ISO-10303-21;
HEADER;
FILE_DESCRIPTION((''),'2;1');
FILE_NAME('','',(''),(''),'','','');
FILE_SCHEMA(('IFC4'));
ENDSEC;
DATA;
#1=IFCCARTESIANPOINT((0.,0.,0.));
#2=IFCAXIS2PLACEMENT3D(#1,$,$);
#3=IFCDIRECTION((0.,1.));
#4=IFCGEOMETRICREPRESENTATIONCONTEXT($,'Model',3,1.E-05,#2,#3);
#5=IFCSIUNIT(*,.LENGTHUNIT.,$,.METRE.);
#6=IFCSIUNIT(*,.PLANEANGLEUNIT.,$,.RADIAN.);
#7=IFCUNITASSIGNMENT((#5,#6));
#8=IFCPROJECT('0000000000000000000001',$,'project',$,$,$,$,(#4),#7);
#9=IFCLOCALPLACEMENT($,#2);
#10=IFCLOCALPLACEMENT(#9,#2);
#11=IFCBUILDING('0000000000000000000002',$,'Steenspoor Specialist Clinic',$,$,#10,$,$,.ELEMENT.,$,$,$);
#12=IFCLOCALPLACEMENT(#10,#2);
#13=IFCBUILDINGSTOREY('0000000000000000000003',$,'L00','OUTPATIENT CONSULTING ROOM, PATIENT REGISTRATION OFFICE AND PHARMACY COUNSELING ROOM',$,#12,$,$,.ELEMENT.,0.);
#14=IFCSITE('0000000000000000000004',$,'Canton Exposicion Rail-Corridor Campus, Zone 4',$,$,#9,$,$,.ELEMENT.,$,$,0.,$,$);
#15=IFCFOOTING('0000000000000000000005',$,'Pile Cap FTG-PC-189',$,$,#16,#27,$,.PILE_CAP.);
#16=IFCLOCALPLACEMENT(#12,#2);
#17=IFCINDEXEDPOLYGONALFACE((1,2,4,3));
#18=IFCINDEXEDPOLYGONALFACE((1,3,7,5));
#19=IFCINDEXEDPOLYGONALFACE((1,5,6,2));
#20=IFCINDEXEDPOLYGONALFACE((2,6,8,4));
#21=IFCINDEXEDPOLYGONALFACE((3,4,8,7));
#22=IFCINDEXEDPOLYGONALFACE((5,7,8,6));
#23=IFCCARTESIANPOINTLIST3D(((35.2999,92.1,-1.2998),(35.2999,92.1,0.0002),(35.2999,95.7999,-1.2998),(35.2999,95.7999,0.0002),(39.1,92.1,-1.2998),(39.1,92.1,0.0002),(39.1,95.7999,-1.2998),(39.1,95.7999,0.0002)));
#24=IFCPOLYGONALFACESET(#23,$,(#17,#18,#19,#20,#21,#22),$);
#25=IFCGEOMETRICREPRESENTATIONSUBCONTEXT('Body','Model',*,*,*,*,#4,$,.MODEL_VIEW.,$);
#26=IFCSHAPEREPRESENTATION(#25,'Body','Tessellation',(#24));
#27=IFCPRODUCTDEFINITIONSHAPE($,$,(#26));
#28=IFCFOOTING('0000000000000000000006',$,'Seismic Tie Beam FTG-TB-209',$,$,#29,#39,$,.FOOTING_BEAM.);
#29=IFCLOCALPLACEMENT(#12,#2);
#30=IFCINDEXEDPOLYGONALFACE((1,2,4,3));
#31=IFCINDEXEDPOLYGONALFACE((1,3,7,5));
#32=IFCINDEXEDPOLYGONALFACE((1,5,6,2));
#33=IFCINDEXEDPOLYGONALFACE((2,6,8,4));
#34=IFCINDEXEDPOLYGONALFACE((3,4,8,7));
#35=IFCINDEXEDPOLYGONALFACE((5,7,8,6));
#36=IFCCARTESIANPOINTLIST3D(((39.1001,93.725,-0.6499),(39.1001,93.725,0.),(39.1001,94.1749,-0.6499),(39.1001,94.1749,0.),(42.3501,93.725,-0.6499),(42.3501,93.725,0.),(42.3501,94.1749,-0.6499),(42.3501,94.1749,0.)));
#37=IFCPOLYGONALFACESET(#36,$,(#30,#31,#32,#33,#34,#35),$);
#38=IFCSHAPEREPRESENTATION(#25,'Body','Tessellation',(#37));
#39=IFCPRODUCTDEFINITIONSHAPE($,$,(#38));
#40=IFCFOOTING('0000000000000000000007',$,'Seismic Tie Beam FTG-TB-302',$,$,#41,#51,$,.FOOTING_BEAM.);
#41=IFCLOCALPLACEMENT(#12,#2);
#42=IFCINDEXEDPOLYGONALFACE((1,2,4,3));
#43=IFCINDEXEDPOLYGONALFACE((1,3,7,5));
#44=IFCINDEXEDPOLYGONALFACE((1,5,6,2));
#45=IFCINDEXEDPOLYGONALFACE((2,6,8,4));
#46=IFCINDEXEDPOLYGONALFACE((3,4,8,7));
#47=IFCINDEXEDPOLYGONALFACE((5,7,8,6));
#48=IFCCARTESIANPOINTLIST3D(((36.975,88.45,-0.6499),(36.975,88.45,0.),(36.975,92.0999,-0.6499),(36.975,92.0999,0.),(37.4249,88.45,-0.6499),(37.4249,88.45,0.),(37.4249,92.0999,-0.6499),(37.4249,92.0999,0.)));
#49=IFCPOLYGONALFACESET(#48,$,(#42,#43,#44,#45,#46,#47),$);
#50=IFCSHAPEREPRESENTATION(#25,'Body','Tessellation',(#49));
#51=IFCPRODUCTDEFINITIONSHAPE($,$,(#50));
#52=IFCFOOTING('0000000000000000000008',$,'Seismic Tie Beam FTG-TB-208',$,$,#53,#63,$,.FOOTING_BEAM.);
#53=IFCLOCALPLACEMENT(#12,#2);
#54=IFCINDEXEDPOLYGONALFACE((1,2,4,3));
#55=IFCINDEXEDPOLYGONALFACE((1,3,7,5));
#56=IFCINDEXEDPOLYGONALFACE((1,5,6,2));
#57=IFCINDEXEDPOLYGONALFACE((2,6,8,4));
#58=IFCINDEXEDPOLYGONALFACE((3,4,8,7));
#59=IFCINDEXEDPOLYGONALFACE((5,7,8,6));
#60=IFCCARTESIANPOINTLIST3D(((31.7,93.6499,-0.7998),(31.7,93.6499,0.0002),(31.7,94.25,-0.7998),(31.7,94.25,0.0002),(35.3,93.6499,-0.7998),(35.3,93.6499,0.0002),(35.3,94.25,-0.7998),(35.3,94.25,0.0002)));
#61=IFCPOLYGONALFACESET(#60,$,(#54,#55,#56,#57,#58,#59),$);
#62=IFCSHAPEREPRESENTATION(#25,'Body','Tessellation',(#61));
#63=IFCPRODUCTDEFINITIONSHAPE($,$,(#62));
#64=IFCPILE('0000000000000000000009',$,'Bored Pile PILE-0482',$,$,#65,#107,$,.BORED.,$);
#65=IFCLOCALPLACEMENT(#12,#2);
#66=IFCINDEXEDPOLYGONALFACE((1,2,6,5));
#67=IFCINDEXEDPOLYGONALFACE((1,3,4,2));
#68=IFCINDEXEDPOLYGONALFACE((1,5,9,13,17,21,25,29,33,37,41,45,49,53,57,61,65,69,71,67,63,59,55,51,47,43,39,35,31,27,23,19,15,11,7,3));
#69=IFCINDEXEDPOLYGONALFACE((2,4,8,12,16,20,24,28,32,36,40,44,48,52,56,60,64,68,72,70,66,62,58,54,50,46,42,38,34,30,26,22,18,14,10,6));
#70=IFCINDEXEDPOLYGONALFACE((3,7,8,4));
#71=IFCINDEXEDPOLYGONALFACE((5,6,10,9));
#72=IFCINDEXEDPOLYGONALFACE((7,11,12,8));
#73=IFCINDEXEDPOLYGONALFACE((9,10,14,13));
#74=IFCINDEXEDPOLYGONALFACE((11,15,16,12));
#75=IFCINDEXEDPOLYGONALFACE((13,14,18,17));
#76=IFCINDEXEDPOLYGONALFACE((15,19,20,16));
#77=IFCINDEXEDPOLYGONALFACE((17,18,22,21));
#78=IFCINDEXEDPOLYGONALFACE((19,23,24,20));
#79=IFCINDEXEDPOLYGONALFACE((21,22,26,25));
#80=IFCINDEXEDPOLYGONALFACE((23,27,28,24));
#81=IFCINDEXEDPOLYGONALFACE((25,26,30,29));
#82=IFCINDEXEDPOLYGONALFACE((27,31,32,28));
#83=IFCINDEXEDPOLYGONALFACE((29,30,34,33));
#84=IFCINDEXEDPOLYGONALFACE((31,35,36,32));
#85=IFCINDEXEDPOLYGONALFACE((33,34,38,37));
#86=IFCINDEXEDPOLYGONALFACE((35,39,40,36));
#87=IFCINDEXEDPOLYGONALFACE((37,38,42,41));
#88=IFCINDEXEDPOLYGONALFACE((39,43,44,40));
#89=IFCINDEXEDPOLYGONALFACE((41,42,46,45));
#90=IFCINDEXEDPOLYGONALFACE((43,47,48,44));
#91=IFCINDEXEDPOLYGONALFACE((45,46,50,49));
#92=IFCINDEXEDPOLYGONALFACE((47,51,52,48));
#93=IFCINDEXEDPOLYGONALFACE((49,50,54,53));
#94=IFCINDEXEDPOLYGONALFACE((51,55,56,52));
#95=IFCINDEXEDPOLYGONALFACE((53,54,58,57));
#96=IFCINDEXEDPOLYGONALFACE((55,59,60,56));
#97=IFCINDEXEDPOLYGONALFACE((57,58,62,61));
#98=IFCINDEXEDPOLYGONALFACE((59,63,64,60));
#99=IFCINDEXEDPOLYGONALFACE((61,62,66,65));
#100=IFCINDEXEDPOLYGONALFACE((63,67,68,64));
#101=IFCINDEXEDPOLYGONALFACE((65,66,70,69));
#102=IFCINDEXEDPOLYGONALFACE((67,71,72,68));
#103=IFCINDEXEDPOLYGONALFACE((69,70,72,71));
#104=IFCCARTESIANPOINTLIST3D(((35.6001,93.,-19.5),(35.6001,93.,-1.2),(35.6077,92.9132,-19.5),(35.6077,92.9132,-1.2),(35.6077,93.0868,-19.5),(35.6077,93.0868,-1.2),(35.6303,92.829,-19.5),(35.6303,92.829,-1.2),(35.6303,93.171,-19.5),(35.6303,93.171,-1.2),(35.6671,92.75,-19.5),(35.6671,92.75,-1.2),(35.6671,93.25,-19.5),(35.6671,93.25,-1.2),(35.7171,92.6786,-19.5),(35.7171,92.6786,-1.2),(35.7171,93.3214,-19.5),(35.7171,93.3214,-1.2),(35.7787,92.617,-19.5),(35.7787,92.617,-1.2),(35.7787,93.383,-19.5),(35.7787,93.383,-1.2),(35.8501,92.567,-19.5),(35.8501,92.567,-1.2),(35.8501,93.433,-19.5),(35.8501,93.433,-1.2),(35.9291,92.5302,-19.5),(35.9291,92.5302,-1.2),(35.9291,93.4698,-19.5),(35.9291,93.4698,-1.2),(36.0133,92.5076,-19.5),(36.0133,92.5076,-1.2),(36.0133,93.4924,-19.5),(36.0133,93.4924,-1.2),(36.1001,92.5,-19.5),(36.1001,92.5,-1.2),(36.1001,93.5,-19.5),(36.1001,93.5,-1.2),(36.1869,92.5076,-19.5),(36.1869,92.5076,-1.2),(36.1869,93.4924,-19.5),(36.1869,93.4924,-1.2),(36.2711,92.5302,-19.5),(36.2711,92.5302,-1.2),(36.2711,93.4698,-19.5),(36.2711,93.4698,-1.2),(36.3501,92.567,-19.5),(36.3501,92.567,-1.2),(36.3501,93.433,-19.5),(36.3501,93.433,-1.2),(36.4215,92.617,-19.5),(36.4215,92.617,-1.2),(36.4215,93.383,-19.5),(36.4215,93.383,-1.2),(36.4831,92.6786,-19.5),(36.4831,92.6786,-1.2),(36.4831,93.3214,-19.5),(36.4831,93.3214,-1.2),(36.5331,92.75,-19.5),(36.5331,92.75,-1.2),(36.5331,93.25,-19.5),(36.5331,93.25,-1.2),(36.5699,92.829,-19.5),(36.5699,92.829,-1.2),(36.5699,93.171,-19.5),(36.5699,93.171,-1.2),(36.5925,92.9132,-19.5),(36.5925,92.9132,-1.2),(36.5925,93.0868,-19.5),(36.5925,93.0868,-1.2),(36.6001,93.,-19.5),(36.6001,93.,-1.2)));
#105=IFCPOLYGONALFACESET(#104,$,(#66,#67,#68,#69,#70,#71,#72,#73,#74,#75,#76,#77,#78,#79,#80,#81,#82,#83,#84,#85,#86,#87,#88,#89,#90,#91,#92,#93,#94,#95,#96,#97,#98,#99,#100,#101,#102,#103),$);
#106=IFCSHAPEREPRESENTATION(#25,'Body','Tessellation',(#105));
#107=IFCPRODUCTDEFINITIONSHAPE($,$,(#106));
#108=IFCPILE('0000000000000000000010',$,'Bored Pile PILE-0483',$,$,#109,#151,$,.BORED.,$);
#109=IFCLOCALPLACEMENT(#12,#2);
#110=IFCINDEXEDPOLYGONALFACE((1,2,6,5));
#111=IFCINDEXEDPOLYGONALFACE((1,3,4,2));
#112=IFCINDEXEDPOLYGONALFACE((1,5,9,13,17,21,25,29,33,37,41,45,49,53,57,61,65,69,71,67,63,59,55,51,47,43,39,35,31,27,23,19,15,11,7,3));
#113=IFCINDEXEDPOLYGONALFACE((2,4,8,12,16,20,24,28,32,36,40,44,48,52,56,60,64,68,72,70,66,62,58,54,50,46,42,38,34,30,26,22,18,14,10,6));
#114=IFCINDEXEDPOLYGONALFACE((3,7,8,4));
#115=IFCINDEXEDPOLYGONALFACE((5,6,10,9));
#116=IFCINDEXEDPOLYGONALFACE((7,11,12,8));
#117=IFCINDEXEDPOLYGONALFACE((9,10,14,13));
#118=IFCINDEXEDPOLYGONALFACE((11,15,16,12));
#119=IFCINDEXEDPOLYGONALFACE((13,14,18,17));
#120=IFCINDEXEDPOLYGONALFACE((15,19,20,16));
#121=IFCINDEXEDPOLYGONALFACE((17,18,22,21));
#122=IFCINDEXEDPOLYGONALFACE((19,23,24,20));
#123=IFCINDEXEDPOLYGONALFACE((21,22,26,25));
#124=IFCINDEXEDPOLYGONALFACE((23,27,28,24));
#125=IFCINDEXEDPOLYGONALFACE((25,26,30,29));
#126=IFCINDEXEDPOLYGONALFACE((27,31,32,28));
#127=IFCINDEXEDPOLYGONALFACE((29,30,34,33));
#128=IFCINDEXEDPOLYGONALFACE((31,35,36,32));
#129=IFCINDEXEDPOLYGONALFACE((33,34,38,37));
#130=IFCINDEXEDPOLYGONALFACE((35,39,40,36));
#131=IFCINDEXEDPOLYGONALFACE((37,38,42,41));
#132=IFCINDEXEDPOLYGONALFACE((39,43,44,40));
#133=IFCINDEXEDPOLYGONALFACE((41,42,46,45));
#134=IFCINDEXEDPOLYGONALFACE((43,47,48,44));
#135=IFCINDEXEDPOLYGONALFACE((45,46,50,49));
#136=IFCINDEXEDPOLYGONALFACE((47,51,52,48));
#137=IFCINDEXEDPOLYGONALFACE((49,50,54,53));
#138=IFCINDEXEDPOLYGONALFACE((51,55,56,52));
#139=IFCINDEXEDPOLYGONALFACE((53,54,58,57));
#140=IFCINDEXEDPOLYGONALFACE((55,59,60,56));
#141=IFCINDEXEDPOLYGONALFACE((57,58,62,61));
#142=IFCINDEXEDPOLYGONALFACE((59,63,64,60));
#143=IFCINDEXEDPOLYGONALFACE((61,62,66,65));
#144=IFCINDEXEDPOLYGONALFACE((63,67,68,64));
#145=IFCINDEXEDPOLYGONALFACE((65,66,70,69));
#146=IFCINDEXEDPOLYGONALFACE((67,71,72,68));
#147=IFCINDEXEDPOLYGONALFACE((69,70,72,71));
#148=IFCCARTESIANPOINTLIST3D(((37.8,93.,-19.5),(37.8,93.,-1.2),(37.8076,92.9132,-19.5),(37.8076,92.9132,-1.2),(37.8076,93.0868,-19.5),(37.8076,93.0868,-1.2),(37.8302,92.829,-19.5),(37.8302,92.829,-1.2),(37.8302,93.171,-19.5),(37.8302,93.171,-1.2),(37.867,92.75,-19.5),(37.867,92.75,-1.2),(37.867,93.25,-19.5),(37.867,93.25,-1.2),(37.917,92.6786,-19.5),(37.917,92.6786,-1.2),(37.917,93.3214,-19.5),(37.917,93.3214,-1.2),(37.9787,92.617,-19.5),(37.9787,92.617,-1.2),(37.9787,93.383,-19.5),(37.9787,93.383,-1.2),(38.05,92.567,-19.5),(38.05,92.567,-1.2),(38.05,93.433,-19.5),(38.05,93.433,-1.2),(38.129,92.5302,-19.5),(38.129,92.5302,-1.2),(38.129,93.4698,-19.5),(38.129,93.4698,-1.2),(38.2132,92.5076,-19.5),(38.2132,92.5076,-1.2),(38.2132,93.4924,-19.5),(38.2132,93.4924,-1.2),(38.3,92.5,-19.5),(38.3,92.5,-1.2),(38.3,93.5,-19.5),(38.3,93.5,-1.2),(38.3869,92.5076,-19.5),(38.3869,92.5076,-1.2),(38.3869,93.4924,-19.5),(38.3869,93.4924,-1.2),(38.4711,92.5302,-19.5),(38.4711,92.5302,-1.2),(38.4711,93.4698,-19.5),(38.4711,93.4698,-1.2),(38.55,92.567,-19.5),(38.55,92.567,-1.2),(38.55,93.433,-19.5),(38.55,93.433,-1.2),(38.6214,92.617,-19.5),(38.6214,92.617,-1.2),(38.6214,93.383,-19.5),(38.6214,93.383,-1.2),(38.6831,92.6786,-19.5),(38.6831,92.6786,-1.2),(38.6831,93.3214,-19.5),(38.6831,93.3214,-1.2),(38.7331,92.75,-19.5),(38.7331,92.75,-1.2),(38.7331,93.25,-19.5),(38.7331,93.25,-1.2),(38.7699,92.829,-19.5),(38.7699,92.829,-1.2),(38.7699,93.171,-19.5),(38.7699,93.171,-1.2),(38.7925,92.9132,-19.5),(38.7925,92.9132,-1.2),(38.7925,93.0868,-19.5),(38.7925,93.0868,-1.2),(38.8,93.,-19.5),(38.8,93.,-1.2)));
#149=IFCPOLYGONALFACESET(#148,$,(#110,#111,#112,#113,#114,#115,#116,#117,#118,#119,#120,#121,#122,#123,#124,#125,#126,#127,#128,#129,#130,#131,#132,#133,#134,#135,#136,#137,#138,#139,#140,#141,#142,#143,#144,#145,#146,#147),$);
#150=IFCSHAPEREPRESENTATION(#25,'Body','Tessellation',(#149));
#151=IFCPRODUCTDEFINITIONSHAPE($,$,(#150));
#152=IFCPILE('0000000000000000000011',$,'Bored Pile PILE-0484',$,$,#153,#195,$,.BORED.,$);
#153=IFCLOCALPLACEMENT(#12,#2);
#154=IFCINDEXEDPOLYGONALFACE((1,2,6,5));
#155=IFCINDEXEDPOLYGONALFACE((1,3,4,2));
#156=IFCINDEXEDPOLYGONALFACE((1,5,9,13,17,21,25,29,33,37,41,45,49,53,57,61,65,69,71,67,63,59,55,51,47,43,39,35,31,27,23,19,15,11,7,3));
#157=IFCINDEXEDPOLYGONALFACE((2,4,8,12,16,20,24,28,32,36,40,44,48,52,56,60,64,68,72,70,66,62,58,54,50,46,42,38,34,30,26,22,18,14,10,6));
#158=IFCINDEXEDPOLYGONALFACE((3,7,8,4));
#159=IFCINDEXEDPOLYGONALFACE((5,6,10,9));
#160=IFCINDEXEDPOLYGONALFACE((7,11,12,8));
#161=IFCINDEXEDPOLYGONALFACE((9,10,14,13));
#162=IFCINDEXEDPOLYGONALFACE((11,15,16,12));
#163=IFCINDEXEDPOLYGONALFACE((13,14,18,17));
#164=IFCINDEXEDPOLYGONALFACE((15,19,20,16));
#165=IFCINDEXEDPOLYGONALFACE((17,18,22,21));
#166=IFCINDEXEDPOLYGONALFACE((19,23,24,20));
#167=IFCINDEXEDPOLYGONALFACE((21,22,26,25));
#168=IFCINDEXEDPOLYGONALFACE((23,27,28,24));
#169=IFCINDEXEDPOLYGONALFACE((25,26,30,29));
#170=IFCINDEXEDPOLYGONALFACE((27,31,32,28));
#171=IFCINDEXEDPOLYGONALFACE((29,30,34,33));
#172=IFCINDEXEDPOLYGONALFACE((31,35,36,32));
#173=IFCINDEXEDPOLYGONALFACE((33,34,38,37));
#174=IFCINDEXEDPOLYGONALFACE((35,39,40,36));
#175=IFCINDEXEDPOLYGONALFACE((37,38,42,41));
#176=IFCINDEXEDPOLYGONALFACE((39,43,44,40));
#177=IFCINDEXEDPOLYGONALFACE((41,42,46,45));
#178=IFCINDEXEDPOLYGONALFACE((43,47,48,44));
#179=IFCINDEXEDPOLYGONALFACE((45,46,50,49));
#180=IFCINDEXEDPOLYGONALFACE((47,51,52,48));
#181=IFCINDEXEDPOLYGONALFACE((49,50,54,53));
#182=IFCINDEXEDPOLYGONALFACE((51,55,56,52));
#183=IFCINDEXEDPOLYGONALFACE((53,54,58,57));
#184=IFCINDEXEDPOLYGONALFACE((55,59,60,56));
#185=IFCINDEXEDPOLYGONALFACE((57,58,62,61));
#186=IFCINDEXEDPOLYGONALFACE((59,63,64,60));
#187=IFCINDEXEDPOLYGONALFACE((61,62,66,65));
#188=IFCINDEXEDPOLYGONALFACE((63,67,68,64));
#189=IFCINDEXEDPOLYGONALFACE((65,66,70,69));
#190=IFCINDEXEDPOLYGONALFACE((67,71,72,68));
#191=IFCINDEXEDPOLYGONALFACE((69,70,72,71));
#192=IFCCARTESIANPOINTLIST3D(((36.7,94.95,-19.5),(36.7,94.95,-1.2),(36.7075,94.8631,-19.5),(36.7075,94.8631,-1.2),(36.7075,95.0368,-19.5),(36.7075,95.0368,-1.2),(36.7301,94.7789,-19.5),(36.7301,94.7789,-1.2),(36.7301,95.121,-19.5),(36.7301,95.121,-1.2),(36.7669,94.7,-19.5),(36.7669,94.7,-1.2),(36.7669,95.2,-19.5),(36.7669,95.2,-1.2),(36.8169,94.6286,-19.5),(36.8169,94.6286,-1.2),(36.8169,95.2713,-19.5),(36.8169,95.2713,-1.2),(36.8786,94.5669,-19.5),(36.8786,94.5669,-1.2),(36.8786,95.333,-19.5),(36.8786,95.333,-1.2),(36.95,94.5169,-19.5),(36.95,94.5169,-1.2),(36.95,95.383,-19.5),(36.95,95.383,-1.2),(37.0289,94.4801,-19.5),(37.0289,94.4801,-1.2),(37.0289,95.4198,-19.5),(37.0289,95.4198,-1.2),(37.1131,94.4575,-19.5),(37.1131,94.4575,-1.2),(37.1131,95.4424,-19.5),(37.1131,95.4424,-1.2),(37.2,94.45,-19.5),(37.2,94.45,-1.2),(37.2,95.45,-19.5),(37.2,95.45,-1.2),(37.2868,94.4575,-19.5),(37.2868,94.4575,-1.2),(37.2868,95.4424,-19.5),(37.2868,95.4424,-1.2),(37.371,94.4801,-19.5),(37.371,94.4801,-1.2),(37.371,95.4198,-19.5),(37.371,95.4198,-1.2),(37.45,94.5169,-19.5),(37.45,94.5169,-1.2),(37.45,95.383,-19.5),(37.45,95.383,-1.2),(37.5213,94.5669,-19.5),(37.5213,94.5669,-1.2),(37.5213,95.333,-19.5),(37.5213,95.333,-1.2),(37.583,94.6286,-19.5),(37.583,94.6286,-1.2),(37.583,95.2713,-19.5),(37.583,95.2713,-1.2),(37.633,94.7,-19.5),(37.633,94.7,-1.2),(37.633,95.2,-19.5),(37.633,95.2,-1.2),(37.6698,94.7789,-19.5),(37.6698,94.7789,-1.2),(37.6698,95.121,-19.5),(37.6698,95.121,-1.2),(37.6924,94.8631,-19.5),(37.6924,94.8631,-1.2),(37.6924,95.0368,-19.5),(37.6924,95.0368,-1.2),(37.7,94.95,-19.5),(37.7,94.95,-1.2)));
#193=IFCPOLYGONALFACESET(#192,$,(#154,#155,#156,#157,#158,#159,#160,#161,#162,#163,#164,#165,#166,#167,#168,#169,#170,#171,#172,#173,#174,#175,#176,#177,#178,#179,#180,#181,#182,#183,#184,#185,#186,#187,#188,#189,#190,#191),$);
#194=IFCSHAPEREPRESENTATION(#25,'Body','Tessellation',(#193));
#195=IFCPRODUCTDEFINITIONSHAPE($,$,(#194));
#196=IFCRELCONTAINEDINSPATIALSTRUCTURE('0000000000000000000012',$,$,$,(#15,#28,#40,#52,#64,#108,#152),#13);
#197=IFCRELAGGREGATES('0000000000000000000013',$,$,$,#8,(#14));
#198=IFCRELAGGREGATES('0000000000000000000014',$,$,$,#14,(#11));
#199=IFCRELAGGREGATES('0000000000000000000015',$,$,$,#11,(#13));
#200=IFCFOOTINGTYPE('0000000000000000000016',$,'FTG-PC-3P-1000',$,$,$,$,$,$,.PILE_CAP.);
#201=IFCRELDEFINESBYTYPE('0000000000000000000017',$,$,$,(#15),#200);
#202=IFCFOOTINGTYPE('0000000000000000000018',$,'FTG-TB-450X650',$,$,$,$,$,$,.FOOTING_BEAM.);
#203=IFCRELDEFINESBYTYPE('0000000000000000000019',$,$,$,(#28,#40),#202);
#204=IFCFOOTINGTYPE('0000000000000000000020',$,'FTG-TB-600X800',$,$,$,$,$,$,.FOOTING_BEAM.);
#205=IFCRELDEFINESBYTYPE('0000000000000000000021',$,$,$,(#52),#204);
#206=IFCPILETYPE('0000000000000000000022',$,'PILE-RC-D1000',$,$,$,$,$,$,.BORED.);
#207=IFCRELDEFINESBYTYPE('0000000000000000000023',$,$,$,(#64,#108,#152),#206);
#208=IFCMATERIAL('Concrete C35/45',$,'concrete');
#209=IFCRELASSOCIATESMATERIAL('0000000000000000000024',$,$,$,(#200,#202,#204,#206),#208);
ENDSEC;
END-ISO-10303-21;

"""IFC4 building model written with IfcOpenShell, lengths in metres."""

from ifc_helpers import new_model, si_unit, direction, frame, origin, origin_2d, place, context, subcontext, project, spatial, rectangle, circle, extrude, material, material_profile, profile_set, type_object, element, save


model = new_model("IFC4")

# Units and contexts
model_context = context("Model", 3, precision=1e-05, world=origin(), true_north=direction((0.0, 1.0)))
body_context = subcontext(model_context, "Body", "Model", "MODEL_VIEW")
ifc_project = project(units=[si_unit("LENGTHUNIT", "METRE"), si_unit("PLANEANGLEUNIT", "RADIAN")], contexts=[model_context])

# Site, building, storey
site_placement = place(None, origin())
site = spatial("IfcSite", under=ifc_project, at=site_placement, Name="Canton Exposicion Rail-Corridor Campus, Zone 4", CompositionType="ELEMENT", RefElevation=0.0)
building_placement = place(site_placement, origin())
building = spatial("IfcBuilding", under=site, at=building_placement, Name="Steenspoor Specialist Clinic", CompositionType="ELEMENT")
storey_placement = place(building_placement, origin())
storey = spatial("IfcBuildingStorey", under=building, at=storey_placement, Name="L00", Description="OUTPATIENT CONSULTING ROOM, PATIENT REGISTRATION OFFICE AND PHARMACY COUNSELING ROOM", CompositionType="ELEMENT", Elevation=0.0)

# Footings
ifc_material_1 = material(Name="Concrete C35/45", Category="concrete")
footing_type_1 = type_object("IfcFootingType", Name="FTG-PC-3P-1000", PredefinedType="PILE_CAP", material=ifc_material_1)
footing_1_placement = place(storey_placement, frame((37.2, 93.95, -1.2998), z_axis=(0.0, 0.0, 1.0), x_axis=(1.0, 0.0, 0.0)))
element("IfcFooting", 1, at=footing_1_placement, inside=storey, type_object=footing_type_1, Name="Pile Cap FTG-PC-189", PredefinedType="PILE_CAP", context=body_context, shape_type="SweptSolid", body=[
    extrude(rectangle(XDim=3.8, YDim=3.7, at=origin_2d()), origin(), (0.0, 0.0, 1.0), 1.3),
])
footing_type_2 = type_object("IfcFootingType", Name="FTG-TB-450X650", PredefinedType="FOOTING_BEAM", material=ifc_material_1)
footing_2_placement = place(storey_placement, frame((40.7251, 93.95, -0.6499), z_axis=(0.0, 0.0, 1.0), x_axis=(1.0, 0.0, 0.0)))
element("IfcFooting", 2, at=footing_2_placement, inside=storey, type_object=footing_type_2, Name="Seismic Tie Beam FTG-TB-209", PredefinedType="FOOTING_BEAM", context=body_context, shape_type="SweptSolid", body=[
    extrude(rectangle(XDim=3.25, YDim=0.45, at=origin_2d()), origin(), (0.0, 0.0, 1.0), 0.6499),
])
footing_3_placement = place(storey_placement, frame((37.2, 90.2749, -0.6499), z_axis=(0.0, 0.0, 1.0), x_axis=(1.0, 0.0, 0.0)))
element("IfcFooting", 3, at=footing_3_placement, inside=storey, type_object=footing_type_2, Name="Seismic Tie Beam FTG-TB-302", PredefinedType="FOOTING_BEAM", context=body_context, shape_type="SweptSolid", body=[
    extrude(rectangle(XDim=0.45, YDim=3.6499, at=origin_2d()), origin(), (0.0, 0.0, 1.0), 0.6499),
])
footing_type_3 = type_object("IfcFootingType", Name="FTG-TB-600X800", PredefinedType="FOOTING_BEAM", material=ifc_material_1)
footing_4_placement = place(storey_placement, frame((33.5, 93.95, -0.7998), z_axis=(0.0, 0.0, 1.0), x_axis=(1.0, 0.0, 0.0)))
element("IfcFooting", 4, at=footing_4_placement, inside=storey, type_object=footing_type_3, Name="Seismic Tie Beam FTG-TB-208", PredefinedType="FOOTING_BEAM", context=body_context, shape_type="SweptSolid", body=[
    extrude(rectangle(XDim=3.6001, YDim=0.6001, at=origin_2d()), origin(), (0.0, 0.0, 1.0), 0.8),
])

# Piles
ifc_material_profile_1 = material_profile(ifc_material_1, circle(Radius=0.5, at=origin_2d()), Name="PILE-D1000")
ifc_profile_set_1 = profile_set([ifc_material_profile_1], Name="Concrete C35/45")
pile_type_1 = type_object("IfcPileType", Name="PILE-RC-D1000", PredefinedType="BORED", material=ifc_profile_set_1)
for number, where, z_axis, x_axis, name in (
    (5, (36.1001, 93.0, -1.2), (0.0, 0.0, -1.0), (1.0, 0.0, 0.0), "Bored Pile PILE-0482"),
    (6, (38.3, 93.0, -1.2), (0.0, 0.0, -1.0), (1.0, 0.0, 0.0), "Bored Pile PILE-0483"),
    (7, (37.2, 94.95, -1.2), (0.0, 0.0, -1.0), (1.0, 0.0, 0.0), "Bored Pile PILE-0484"),
):
    element("IfcPile", number, at=place(storey_placement, frame(where, z_axis=z_axis, x_axis=x_axis)), inside=storey, type_object=pile_type_1, Name=name, PredefinedType="BORED", context=body_context, shape_type="SweptSolid", body=[
        extrude(circle(Radius=0.5, at=origin_2d()), origin(), (0.0, 0.0, 1.0), 18.3),
    ])

save(model, "model.ifc")
